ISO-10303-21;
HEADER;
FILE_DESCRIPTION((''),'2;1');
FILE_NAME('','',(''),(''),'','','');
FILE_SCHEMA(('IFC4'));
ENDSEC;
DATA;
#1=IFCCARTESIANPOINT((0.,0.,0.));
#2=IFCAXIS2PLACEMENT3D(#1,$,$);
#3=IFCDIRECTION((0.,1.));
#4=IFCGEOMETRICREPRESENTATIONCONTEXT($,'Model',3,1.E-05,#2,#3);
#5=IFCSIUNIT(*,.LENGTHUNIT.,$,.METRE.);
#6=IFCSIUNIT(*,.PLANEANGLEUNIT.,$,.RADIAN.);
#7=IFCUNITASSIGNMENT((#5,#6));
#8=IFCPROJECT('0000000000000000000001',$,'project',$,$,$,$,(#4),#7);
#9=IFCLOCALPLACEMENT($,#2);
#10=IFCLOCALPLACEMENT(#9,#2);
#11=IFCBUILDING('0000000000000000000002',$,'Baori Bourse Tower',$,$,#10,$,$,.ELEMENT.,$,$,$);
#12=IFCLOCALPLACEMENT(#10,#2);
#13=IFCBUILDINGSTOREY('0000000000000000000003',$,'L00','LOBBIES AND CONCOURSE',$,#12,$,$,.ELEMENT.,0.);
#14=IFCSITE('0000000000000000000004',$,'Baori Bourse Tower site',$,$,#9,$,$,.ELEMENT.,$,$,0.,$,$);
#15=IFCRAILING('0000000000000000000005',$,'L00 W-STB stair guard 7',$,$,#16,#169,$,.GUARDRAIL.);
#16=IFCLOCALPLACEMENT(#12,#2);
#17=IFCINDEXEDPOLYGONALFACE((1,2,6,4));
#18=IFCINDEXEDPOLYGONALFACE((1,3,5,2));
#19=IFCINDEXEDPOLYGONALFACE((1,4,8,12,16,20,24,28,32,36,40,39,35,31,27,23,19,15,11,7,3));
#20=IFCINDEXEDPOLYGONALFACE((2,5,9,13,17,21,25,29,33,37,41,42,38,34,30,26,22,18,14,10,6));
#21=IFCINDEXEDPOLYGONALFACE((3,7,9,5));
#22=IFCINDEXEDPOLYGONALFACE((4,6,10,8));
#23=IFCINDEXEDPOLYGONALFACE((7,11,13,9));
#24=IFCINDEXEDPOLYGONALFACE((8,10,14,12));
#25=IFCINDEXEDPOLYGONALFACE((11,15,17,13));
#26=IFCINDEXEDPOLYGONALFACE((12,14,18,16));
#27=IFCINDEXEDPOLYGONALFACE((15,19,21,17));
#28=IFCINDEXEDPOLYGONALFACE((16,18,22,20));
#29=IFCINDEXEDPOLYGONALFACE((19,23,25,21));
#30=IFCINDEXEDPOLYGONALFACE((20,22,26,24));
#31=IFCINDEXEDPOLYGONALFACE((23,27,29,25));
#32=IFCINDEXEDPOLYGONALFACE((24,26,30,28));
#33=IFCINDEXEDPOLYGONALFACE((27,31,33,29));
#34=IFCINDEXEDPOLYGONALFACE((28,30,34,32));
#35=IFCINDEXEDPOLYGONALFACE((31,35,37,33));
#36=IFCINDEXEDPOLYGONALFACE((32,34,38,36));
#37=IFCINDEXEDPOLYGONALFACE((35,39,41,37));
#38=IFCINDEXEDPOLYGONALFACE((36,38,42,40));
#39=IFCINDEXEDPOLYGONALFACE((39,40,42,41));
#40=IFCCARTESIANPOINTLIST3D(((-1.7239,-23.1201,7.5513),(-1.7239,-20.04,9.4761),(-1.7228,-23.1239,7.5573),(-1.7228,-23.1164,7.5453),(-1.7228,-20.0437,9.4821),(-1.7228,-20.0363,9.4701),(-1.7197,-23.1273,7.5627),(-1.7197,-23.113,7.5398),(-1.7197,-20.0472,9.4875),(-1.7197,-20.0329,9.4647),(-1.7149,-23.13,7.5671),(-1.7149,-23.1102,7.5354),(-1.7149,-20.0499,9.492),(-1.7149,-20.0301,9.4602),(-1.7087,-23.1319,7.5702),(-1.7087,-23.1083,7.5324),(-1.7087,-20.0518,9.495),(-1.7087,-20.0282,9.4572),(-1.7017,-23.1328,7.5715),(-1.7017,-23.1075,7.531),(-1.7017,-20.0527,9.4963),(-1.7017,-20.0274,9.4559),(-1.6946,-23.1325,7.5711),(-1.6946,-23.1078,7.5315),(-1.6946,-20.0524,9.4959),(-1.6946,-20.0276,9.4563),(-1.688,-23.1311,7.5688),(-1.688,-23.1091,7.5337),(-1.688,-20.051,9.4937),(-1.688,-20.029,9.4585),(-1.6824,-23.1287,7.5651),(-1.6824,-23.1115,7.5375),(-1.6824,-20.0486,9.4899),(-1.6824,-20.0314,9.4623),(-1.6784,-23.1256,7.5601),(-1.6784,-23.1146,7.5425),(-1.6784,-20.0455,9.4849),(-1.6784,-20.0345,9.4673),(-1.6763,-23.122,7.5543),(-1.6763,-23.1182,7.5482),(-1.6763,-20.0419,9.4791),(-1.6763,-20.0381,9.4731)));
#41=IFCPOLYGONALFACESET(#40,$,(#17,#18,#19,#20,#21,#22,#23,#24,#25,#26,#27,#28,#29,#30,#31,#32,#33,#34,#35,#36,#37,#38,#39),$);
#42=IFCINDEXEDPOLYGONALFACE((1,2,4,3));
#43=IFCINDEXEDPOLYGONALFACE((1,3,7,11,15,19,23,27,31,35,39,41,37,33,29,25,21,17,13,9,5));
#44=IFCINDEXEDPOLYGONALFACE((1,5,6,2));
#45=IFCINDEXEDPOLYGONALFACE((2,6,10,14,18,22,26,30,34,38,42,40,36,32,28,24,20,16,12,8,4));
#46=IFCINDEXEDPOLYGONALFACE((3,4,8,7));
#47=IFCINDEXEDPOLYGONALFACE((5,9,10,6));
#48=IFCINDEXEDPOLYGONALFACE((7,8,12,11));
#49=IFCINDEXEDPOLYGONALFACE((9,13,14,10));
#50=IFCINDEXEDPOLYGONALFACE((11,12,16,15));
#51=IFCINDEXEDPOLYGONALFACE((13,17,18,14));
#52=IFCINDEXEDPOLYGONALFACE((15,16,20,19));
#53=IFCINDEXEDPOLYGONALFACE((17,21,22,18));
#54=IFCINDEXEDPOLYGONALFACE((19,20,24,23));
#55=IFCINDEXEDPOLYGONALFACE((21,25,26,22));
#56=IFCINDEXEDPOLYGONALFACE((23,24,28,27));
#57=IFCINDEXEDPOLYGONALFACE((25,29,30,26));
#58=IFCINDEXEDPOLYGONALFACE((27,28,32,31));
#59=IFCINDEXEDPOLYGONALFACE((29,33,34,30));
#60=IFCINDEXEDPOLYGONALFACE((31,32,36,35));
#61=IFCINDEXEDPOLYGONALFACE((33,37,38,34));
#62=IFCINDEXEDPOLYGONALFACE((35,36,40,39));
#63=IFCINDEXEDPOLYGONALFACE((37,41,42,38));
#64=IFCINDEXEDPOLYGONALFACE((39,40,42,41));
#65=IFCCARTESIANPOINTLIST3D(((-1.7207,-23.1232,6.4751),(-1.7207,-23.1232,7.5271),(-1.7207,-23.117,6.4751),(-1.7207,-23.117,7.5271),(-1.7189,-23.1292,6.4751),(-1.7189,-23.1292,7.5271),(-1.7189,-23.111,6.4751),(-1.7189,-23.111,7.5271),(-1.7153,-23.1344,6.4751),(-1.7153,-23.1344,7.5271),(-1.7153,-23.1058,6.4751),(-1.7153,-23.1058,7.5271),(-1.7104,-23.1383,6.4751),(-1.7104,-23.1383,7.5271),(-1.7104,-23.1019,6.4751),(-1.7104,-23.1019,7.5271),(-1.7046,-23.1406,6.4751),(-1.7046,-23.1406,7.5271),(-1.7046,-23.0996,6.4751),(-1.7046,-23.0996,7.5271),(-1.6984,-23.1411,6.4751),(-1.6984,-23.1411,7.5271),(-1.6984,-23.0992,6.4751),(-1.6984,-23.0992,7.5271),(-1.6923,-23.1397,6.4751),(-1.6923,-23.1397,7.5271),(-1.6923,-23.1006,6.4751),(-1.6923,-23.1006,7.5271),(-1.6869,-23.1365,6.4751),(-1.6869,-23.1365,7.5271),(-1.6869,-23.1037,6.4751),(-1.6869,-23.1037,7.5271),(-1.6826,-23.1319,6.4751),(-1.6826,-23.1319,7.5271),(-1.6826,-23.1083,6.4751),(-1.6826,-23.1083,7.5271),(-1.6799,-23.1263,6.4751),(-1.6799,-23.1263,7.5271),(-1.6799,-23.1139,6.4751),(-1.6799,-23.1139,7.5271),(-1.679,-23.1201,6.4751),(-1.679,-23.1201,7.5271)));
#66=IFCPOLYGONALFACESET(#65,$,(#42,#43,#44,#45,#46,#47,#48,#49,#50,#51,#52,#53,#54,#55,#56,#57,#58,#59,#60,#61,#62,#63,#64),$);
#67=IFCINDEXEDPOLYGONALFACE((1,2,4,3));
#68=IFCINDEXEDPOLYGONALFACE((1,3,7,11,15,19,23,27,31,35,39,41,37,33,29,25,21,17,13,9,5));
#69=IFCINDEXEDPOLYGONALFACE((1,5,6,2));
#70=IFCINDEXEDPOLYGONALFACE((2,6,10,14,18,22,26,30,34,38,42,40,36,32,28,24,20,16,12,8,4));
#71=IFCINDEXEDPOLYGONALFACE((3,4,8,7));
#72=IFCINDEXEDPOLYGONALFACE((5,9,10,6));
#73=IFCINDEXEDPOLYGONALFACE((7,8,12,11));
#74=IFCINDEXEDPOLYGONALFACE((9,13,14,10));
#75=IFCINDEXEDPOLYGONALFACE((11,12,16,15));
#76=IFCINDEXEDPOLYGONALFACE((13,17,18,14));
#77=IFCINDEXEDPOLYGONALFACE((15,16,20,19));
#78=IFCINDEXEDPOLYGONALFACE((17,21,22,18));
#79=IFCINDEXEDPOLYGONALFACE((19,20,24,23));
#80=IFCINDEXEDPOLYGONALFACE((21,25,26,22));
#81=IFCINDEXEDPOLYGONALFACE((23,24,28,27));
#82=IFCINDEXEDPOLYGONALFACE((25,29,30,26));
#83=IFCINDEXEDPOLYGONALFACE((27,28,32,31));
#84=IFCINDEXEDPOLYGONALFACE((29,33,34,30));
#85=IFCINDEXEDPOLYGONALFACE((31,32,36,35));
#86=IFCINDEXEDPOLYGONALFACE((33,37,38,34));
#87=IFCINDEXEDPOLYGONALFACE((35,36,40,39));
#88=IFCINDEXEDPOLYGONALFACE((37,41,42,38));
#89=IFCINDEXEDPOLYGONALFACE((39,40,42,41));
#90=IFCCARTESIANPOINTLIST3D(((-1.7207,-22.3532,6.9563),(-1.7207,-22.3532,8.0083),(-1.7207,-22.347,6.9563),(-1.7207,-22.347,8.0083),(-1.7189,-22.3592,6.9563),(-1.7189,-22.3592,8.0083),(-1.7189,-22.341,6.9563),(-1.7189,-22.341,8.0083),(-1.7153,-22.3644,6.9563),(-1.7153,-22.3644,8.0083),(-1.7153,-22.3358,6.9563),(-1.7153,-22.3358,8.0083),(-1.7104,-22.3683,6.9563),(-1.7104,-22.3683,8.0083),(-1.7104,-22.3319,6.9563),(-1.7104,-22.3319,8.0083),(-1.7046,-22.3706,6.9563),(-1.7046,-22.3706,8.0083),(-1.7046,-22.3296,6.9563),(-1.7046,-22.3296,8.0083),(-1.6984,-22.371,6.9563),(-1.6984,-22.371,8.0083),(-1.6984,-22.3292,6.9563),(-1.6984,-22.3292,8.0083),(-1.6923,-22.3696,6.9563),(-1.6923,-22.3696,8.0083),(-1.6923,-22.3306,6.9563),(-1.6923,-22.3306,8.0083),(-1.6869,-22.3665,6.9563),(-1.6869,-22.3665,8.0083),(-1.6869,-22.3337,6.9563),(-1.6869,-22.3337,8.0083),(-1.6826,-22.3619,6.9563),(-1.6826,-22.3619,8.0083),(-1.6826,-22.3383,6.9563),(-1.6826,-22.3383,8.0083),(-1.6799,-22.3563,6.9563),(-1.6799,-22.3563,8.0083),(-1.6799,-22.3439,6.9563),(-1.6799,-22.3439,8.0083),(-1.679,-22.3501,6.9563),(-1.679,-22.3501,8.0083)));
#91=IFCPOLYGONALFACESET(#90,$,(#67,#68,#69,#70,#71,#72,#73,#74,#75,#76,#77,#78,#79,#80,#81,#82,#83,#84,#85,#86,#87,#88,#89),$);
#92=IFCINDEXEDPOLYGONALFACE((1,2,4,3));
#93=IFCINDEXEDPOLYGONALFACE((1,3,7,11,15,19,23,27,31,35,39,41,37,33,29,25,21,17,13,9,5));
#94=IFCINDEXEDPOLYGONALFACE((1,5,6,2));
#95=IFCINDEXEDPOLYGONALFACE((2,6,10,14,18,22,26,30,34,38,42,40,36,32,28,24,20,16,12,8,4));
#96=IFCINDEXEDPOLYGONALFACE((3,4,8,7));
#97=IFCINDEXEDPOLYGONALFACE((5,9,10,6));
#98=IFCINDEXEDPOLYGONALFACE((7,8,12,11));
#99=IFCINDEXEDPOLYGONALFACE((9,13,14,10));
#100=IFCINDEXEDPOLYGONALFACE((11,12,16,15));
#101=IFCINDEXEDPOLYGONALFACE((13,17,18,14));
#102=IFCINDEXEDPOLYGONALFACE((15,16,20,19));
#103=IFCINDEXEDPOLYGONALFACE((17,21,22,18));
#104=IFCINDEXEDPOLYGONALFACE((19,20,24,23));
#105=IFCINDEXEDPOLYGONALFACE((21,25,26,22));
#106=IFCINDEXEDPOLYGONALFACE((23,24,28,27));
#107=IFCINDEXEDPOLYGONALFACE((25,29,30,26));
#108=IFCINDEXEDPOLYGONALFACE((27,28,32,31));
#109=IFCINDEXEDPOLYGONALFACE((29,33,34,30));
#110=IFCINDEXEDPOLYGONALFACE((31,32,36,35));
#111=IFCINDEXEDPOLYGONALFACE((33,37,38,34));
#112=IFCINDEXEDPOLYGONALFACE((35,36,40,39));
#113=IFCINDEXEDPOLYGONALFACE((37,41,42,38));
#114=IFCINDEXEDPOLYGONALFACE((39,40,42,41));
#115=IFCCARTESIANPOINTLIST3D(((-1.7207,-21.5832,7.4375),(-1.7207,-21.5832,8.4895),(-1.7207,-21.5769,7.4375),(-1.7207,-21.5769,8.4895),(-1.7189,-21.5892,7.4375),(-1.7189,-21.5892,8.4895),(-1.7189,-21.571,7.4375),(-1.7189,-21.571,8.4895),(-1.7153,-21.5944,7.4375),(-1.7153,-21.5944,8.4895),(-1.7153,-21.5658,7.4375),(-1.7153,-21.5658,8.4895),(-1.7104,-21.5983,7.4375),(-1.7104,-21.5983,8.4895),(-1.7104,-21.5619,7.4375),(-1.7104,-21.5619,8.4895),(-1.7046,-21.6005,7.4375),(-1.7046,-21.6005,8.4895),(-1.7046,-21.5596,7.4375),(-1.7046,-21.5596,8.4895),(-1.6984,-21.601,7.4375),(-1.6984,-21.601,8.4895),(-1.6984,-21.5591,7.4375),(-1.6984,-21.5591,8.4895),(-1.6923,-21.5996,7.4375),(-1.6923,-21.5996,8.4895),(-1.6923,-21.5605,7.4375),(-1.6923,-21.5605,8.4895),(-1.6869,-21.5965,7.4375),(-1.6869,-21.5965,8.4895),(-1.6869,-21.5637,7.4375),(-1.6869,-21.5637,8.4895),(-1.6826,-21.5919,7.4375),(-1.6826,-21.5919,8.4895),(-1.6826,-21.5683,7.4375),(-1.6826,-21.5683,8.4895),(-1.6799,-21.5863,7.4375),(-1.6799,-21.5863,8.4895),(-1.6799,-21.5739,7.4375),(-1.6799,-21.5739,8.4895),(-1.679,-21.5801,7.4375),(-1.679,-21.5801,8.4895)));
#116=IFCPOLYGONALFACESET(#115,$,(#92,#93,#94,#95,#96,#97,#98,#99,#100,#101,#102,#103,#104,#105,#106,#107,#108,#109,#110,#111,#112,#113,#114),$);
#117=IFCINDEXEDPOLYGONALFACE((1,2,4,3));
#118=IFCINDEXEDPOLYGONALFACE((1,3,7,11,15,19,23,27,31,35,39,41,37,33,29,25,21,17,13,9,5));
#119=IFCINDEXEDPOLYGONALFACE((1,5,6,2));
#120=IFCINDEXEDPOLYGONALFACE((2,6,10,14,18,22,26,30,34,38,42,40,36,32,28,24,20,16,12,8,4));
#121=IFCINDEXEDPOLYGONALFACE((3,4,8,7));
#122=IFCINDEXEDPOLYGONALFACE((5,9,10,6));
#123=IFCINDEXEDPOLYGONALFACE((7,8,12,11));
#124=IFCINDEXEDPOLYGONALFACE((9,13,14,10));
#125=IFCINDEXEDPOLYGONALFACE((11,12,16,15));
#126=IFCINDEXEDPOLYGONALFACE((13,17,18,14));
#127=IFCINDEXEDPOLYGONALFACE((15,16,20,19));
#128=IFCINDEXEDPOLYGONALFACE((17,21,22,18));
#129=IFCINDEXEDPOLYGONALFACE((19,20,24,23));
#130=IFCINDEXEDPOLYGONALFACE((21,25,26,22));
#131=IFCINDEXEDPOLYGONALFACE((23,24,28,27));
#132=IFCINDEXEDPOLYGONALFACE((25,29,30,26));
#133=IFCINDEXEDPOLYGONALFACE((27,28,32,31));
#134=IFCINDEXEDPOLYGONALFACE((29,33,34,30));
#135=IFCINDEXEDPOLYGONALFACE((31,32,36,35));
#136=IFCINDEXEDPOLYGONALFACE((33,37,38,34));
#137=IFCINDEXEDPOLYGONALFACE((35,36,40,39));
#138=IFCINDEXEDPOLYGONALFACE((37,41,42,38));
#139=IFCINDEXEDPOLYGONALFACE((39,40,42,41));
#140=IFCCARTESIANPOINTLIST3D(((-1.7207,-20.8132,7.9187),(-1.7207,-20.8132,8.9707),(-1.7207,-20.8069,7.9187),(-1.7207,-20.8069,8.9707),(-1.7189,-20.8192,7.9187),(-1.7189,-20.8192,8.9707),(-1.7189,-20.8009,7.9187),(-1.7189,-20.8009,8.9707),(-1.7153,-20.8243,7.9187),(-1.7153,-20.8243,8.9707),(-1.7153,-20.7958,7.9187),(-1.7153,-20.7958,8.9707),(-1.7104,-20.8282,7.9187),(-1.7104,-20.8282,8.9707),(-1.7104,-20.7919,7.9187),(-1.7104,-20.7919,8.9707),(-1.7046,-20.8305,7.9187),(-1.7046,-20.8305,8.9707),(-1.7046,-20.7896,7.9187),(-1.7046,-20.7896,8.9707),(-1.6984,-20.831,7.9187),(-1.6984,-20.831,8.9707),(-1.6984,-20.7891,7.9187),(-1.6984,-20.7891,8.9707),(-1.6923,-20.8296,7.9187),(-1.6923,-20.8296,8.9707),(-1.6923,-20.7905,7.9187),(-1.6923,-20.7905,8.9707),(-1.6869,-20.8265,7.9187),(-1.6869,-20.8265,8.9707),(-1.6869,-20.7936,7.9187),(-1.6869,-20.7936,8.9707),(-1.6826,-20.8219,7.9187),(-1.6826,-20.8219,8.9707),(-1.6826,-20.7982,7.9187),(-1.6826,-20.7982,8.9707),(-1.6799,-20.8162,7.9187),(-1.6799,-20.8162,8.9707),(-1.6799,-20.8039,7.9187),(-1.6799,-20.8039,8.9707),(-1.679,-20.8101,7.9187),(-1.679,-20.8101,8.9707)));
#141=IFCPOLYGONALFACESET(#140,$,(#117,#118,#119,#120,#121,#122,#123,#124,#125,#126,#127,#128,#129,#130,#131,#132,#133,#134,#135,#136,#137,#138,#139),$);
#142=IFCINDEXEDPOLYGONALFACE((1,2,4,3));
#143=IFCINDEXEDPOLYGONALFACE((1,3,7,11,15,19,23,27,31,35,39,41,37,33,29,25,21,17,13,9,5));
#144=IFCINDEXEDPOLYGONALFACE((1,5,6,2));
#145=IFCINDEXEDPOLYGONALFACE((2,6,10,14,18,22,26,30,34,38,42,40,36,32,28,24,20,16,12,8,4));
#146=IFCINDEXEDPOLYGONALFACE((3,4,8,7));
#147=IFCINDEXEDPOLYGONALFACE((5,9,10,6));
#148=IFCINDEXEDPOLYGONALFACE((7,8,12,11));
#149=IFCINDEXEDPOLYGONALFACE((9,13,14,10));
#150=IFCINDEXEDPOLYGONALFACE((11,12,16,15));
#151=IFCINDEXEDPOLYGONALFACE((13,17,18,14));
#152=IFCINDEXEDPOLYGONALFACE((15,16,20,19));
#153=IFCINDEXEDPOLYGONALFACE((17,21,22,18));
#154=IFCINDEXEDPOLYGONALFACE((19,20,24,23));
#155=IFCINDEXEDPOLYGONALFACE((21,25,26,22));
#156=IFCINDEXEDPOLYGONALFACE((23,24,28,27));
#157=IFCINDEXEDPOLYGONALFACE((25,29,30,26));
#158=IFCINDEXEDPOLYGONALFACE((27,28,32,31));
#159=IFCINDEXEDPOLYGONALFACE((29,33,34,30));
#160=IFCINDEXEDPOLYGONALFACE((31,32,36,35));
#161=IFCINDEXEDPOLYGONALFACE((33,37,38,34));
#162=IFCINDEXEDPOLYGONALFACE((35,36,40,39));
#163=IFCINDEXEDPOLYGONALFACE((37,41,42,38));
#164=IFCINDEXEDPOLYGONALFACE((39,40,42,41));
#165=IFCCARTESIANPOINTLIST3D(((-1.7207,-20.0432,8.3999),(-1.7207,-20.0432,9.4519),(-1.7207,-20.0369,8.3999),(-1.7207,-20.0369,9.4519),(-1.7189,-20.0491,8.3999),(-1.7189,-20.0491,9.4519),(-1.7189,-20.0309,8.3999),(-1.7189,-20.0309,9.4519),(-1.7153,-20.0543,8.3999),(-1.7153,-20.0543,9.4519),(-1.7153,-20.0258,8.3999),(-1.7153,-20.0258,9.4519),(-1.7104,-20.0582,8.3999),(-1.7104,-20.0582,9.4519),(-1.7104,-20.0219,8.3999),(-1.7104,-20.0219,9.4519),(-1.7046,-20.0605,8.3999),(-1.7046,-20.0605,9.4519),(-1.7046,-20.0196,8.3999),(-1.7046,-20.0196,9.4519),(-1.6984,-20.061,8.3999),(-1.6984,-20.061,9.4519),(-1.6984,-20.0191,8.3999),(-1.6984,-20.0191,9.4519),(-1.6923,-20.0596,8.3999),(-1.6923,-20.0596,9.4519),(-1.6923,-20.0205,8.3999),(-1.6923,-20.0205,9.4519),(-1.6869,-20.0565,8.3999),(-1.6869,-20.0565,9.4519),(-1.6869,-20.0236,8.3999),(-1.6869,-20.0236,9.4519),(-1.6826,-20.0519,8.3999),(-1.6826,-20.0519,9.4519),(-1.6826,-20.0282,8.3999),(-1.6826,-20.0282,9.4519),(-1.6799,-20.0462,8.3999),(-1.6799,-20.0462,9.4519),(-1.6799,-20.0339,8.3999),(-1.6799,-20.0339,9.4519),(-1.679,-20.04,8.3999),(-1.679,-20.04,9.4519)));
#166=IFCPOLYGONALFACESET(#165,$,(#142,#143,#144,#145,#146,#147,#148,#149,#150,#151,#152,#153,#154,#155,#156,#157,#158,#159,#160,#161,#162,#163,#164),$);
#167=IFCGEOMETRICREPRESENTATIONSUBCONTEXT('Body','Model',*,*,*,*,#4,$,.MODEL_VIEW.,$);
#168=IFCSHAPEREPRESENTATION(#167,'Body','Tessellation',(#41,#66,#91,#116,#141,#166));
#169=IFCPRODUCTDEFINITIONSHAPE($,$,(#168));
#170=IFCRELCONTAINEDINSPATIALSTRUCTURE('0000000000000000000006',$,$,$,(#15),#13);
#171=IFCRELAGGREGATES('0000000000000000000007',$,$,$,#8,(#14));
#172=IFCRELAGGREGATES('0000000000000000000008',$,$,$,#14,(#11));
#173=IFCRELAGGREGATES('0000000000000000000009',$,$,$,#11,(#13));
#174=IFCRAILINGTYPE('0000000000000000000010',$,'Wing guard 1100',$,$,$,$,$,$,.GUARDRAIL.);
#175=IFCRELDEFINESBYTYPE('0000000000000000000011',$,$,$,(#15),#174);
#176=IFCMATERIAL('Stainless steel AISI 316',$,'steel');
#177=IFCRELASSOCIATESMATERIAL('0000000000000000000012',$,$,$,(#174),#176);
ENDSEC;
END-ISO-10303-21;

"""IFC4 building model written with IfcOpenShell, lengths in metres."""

from ifc_helpers import new_model, si_unit, direction, frame, origin, origin_2d, place, context, subcontext, project, spatial, circle, extrude, material, type_object, element, save


model = new_model("IFC4")

# Units and contexts
model_context = context("Model", 3, precision=1e-05, world=origin(), true_north=direction((0.0, 1.0)))
body_context = subcontext(model_context, "Body", "Model", "MODEL_VIEW")
ifc_project = project(units=[si_unit("LENGTHUNIT", "METRE"), si_unit("PLANEANGLEUNIT", "RADIAN")], contexts=[model_context])

# Site, building, storey
site_placement = place(None, origin())
site = spatial("IfcSite", under=ifc_project, at=site_placement, Name="Baori Bourse Tower site", CompositionType="ELEMENT", RefElevation=0.0)
building_placement = place(site_placement, origin())
building = spatial("IfcBuilding", under=site, at=building_placement, Name="Baori Bourse Tower", CompositionType="ELEMENT")
storey_placement = place(building_placement, origin())
storey = spatial("IfcBuildingStorey", under=building, at=storey_placement, Name="L00", Description="LOBBIES AND CONCOURSE", CompositionType="ELEMENT", Elevation=0.0)

# Railing
ifc_material_1 = material(Name="Stainless steel AISI 316", Category="steel")
railing_type = type_object("IfcRailingType", Name="Wing guard 1100", PredefinedType="GUARDRAIL", material=ifc_material_1)
railing_1_placement = place(storey_placement, frame((-1.7, -23.1201, 6.4751)))
element("IfcRailing", 1, at=railing_1_placement, inside=storey, type_object=railing_type, Name="L00 W-STB stair guard 7", PredefinedType="GUARDRAIL", context=body_context, shape_type="SweptSolid", body=[
    extrude(circle(Radius=0.0239, at=origin_2d()), frame((0.0, 0.0, 1.0762), z_axis=(0.0, 0.848029, 0.529951), x_axis=(-1.0, 0.0, 0.0)), (0.0, 0.0, 1.0), 3.6321),
    extrude(circle(Radius=0.021, at=origin_2d()), origin(), (0.0, 0.0, 1.0), 1.052),
    extrude(circle(Radius=0.021, at=origin_2d()), frame((0.0, 0.77, 0.4812)), (0.0, 0.0, 1.0), 1.052),
    extrude(circle(Radius=0.021, at=origin_2d()), frame((0.0, 1.54, 0.9624)), (0.0, 0.0, 1.0), 1.052),
    extrude(circle(Radius=0.021, at=origin_2d()), frame((0.0, 2.3101, 1.4436)), (0.0, 0.0, 1.0), 1.052),
    extrude(circle(Radius=0.021, at=origin_2d()), frame((0.0, 3.0801, 1.9248)), (0.0, 0.0, 1.0), 1.052),
])

save(model, "model.ifc")
